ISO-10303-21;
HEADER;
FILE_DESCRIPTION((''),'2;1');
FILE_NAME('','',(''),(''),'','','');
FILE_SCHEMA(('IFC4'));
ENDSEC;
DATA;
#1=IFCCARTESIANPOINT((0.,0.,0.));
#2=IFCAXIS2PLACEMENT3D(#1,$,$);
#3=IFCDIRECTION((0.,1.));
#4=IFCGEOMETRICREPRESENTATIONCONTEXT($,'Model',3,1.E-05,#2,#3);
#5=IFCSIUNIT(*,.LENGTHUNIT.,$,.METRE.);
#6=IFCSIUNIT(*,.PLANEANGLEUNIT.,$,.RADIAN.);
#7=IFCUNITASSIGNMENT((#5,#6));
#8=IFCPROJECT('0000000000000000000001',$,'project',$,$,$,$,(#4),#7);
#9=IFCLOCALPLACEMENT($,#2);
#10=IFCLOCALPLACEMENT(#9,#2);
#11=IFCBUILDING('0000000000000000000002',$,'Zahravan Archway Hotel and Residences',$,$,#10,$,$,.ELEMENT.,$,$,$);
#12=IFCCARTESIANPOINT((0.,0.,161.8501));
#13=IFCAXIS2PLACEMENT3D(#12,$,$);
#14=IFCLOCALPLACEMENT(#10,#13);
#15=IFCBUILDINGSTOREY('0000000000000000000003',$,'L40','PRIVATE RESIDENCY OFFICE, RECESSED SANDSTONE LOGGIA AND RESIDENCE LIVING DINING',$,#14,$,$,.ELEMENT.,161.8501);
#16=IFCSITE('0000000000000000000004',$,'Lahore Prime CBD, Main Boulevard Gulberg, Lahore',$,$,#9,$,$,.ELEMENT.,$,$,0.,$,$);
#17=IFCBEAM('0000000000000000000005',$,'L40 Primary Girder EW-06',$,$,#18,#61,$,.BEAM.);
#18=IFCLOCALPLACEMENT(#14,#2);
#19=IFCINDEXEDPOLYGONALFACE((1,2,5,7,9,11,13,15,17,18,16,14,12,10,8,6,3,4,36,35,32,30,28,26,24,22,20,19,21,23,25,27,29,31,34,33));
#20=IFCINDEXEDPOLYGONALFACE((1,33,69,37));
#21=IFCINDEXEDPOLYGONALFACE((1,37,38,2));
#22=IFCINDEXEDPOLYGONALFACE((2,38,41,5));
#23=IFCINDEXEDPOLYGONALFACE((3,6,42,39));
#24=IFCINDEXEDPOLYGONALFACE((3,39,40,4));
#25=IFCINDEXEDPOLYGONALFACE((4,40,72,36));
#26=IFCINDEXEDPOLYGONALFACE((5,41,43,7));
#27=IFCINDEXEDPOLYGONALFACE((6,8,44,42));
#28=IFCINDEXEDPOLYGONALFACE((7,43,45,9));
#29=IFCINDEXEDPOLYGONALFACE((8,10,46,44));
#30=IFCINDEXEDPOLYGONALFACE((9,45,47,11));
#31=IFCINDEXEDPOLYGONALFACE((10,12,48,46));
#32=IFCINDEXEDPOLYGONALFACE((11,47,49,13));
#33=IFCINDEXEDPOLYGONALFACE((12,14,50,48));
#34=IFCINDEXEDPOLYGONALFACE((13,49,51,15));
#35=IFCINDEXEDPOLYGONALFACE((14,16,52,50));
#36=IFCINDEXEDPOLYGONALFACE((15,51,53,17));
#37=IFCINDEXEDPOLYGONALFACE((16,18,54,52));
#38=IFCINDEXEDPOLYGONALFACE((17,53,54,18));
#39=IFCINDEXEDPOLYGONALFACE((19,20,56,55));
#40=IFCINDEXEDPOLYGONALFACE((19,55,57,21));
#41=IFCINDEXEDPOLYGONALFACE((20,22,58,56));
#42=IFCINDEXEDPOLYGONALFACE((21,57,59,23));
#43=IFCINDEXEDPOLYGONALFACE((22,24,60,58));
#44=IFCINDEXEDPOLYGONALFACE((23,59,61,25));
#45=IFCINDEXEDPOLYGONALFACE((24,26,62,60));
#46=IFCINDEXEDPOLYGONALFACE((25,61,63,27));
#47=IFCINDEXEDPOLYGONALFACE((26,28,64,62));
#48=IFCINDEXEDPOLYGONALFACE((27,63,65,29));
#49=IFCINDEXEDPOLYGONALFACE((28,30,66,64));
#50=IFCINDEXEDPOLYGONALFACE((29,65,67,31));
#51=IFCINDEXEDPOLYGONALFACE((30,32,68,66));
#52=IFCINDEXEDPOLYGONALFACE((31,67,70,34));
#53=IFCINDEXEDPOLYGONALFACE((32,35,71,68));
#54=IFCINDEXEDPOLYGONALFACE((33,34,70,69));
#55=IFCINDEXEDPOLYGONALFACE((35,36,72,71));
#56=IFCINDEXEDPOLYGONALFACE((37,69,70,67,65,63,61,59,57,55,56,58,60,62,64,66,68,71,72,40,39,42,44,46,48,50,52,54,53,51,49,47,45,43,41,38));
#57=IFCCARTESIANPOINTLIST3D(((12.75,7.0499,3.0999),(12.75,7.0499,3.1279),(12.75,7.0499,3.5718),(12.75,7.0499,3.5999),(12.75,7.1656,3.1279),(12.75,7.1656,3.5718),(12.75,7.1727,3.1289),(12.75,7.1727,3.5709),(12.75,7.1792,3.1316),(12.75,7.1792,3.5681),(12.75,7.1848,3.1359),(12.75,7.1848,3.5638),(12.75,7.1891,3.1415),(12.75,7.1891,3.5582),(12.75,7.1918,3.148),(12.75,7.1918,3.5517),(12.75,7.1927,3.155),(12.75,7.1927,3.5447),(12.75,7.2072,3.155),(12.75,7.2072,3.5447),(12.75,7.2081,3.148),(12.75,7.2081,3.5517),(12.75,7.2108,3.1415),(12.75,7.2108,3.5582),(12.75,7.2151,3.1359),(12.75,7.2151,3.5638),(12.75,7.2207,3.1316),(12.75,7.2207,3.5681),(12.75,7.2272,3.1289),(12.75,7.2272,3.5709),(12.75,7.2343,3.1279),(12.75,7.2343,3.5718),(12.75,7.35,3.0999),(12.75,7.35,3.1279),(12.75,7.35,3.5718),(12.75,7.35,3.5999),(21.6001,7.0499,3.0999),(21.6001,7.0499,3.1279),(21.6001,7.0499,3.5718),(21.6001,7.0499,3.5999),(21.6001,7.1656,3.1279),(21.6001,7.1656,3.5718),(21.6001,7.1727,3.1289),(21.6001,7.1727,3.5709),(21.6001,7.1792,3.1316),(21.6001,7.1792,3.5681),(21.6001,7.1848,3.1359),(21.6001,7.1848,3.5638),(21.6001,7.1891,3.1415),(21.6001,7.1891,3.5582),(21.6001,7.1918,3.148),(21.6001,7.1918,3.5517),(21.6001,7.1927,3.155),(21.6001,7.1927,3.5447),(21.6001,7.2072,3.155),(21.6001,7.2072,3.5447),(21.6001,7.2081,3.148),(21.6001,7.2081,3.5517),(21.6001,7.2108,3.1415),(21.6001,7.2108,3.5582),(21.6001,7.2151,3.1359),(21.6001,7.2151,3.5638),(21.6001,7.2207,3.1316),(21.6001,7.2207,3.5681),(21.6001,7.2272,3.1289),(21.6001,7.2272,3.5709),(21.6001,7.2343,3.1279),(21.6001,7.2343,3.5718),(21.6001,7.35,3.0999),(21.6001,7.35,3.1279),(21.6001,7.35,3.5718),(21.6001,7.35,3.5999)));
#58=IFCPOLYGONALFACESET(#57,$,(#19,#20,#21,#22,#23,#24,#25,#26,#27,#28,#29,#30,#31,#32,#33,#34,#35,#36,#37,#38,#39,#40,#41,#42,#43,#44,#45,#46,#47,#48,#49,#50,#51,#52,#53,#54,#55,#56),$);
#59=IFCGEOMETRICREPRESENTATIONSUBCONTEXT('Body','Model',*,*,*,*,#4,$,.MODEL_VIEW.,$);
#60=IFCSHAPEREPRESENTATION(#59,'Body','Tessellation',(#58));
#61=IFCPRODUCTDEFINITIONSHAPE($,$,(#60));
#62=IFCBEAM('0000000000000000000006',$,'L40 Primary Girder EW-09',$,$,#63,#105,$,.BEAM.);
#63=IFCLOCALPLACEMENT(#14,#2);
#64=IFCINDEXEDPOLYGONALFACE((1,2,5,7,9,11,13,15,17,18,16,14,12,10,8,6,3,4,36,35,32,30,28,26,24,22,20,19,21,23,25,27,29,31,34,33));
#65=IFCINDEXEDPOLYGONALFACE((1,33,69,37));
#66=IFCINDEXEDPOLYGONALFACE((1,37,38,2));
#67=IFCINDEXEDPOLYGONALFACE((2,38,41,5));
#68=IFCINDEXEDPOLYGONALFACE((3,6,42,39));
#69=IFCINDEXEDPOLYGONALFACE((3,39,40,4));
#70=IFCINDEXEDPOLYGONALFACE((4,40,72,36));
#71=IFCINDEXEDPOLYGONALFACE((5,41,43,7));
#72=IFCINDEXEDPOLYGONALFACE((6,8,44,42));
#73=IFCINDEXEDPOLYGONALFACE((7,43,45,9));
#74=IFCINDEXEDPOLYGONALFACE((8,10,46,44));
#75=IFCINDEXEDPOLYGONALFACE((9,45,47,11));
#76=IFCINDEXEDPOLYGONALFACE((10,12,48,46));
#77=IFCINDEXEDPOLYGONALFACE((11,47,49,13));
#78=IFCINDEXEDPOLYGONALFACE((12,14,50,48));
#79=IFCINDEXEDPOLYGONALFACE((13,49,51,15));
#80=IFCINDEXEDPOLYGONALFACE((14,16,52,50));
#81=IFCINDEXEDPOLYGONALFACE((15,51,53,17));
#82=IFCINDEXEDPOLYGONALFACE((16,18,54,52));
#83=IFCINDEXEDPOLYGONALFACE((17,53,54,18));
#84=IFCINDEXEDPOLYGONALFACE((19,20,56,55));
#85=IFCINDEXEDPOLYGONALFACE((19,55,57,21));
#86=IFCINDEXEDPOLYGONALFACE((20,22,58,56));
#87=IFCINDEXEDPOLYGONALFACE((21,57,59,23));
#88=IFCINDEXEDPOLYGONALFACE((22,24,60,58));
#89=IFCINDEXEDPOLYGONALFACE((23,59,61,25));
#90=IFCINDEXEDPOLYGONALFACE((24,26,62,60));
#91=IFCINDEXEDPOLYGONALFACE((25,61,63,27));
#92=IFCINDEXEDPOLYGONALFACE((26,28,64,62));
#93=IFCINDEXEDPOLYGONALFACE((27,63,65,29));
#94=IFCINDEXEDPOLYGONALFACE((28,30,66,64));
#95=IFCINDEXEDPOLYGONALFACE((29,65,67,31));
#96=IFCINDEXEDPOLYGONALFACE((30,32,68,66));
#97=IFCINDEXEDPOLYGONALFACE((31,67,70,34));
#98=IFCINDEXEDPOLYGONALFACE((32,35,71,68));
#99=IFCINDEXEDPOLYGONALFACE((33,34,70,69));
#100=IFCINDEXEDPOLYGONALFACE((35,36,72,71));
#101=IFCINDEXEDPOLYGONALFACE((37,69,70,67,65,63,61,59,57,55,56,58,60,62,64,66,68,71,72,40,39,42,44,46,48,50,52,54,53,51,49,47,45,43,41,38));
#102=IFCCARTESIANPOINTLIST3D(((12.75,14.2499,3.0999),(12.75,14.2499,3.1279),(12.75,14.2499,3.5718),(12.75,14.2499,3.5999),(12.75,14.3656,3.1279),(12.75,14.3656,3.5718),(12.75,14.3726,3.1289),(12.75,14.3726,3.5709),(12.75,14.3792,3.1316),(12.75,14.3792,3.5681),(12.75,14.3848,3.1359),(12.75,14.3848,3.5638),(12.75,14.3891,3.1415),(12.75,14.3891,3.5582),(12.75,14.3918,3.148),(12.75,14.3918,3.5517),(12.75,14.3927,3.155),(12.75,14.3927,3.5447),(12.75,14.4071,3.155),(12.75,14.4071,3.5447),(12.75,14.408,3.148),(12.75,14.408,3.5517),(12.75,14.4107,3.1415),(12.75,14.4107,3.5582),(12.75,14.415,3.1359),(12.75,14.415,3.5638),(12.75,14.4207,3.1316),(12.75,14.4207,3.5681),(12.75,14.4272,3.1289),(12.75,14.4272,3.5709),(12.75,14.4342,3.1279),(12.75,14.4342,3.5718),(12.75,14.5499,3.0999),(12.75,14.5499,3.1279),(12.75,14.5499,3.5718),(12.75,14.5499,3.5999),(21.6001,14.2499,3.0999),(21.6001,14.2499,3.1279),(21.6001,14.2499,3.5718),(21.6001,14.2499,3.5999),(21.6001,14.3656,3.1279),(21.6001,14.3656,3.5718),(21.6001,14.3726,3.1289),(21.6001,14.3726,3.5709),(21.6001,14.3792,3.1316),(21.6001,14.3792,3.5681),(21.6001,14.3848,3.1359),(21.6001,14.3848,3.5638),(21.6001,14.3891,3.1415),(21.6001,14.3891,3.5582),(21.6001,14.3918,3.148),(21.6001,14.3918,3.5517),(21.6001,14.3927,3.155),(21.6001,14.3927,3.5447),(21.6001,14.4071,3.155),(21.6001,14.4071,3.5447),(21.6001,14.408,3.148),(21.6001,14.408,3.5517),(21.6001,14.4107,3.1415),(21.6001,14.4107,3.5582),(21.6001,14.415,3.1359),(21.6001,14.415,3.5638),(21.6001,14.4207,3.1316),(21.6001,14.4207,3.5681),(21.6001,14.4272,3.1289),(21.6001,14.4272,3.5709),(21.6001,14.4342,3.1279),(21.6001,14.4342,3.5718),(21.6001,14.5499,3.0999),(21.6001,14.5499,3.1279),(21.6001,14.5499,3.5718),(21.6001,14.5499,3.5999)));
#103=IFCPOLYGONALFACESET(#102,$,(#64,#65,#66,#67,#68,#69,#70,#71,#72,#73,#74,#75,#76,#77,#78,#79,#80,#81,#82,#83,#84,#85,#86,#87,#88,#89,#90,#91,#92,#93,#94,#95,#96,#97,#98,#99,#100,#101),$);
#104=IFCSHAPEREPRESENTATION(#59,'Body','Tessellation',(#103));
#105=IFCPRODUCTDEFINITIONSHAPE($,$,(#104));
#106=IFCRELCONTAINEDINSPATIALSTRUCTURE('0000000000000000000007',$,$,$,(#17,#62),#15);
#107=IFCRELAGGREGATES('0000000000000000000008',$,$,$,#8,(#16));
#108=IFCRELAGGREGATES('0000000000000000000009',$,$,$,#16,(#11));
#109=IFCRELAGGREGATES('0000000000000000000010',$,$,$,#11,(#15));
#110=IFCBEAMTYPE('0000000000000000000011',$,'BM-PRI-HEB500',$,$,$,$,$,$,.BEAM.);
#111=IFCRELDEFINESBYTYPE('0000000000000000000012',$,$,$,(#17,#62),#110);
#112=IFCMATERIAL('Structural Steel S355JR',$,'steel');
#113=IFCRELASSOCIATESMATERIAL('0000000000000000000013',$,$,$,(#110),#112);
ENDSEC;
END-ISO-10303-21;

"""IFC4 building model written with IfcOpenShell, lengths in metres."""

from ifc_helpers import new_model, si_unit, direction, frame, origin, origin_2d, place, context, subcontext, project, spatial, i_section, extrude, source, transform, mapped, material, material_profile, profile_set, type_object, element, save


model = new_model("IFC4")

# Units and contexts
model_context = context("Model", 3, precision=1e-05, world=origin(), true_north=direction((0.0, 1.0)))
body_context = subcontext(model_context, "Body", "Model", "MODEL_VIEW")
ifc_project = project(units=[si_unit("LENGTHUNIT", "METRE"), si_unit("PLANEANGLEUNIT", "RADIAN")], contexts=[model_context])

# Site, building, storey
site_placement = place(None, origin())
site = spatial("IfcSite", under=ifc_project, at=site_placement, Name="Lahore Prime CBD, Main Boulevard Gulberg, Lahore", CompositionType="ELEMENT", RefElevation=0.0)
building_placement = place(site_placement, origin())
building = spatial("IfcBuilding", under=site, at=building_placement, Name="Zahravan Archway Hotel and Residences", CompositionType="ELEMENT")
storey_placement = place(building_placement, frame((0.0, 0.0, 161.8501)))
storey = spatial("IfcBuildingStorey", under=building, at=storey_placement, Name="L40", Description="PRIVATE RESIDENCY OFFICE, RECESSED SANDSTONE LOGGIA AND RESIDENCE LIVING DINING", CompositionType="ELEMENT", Elevation=161.8501)

# Beams
ifc_material_1 = material(Name="Structural Steel S355JR", Category="steel")
ifc_material_profile_1 = material_profile(ifc_material_1, i_section(OverallWidth=0.3, OverallDepth=0.5, WebThickness=0.0144, FlangeThickness=0.0281, FilletRadius=0.0271, at=origin_2d()), Name="HEB 500", Category="steel")
ifc_profile_set_1 = profile_set([ifc_material_profile_1], Name="Structural Steel S355JR")
beam_type = type_object("IfcBeamType", Name="BM-PRI-HEB500", PredefinedType="BEAM", material=ifc_profile_set_1)
shared_shape_1 = source(origin(), body_context, "Body", "SweptSolid", [
    extrude(i_section(OverallWidth=0.3, OverallDepth=0.5, WebThickness=0.0144, FlangeThickness=0.0281, FilletRadius=0.0271, at=origin_2d()), origin(), (0.0, 0.0, 1.0), 8.8501),
])
for number, where, z_axis, x_axis, name in (
    (1, (12.75, 7.2, 3.3499), (1.0, 0.0, 0.0), (0.0, 1.0, 0.0), "L40 Primary Girder EW-06"),
    (2, (12.75, 14.3999, 3.3499), (1.0, 0.0, 0.0), (0.0, 1.0, 0.0), "L40 Primary Girder EW-09"),
):
    element("IfcBeam", number, at=place(storey_placement, frame(where, z_axis=z_axis, x_axis=x_axis)), inside=storey, type_object=beam_type, Name=name, PredefinedType="BEAM", context=body_context, shape_type="MappedRepresentation", body=[
        mapped(shared_shape_1, transform((0.0, 0.0, 0.0), scale=1.0)),
    ])

save(model, "model.ifc")
